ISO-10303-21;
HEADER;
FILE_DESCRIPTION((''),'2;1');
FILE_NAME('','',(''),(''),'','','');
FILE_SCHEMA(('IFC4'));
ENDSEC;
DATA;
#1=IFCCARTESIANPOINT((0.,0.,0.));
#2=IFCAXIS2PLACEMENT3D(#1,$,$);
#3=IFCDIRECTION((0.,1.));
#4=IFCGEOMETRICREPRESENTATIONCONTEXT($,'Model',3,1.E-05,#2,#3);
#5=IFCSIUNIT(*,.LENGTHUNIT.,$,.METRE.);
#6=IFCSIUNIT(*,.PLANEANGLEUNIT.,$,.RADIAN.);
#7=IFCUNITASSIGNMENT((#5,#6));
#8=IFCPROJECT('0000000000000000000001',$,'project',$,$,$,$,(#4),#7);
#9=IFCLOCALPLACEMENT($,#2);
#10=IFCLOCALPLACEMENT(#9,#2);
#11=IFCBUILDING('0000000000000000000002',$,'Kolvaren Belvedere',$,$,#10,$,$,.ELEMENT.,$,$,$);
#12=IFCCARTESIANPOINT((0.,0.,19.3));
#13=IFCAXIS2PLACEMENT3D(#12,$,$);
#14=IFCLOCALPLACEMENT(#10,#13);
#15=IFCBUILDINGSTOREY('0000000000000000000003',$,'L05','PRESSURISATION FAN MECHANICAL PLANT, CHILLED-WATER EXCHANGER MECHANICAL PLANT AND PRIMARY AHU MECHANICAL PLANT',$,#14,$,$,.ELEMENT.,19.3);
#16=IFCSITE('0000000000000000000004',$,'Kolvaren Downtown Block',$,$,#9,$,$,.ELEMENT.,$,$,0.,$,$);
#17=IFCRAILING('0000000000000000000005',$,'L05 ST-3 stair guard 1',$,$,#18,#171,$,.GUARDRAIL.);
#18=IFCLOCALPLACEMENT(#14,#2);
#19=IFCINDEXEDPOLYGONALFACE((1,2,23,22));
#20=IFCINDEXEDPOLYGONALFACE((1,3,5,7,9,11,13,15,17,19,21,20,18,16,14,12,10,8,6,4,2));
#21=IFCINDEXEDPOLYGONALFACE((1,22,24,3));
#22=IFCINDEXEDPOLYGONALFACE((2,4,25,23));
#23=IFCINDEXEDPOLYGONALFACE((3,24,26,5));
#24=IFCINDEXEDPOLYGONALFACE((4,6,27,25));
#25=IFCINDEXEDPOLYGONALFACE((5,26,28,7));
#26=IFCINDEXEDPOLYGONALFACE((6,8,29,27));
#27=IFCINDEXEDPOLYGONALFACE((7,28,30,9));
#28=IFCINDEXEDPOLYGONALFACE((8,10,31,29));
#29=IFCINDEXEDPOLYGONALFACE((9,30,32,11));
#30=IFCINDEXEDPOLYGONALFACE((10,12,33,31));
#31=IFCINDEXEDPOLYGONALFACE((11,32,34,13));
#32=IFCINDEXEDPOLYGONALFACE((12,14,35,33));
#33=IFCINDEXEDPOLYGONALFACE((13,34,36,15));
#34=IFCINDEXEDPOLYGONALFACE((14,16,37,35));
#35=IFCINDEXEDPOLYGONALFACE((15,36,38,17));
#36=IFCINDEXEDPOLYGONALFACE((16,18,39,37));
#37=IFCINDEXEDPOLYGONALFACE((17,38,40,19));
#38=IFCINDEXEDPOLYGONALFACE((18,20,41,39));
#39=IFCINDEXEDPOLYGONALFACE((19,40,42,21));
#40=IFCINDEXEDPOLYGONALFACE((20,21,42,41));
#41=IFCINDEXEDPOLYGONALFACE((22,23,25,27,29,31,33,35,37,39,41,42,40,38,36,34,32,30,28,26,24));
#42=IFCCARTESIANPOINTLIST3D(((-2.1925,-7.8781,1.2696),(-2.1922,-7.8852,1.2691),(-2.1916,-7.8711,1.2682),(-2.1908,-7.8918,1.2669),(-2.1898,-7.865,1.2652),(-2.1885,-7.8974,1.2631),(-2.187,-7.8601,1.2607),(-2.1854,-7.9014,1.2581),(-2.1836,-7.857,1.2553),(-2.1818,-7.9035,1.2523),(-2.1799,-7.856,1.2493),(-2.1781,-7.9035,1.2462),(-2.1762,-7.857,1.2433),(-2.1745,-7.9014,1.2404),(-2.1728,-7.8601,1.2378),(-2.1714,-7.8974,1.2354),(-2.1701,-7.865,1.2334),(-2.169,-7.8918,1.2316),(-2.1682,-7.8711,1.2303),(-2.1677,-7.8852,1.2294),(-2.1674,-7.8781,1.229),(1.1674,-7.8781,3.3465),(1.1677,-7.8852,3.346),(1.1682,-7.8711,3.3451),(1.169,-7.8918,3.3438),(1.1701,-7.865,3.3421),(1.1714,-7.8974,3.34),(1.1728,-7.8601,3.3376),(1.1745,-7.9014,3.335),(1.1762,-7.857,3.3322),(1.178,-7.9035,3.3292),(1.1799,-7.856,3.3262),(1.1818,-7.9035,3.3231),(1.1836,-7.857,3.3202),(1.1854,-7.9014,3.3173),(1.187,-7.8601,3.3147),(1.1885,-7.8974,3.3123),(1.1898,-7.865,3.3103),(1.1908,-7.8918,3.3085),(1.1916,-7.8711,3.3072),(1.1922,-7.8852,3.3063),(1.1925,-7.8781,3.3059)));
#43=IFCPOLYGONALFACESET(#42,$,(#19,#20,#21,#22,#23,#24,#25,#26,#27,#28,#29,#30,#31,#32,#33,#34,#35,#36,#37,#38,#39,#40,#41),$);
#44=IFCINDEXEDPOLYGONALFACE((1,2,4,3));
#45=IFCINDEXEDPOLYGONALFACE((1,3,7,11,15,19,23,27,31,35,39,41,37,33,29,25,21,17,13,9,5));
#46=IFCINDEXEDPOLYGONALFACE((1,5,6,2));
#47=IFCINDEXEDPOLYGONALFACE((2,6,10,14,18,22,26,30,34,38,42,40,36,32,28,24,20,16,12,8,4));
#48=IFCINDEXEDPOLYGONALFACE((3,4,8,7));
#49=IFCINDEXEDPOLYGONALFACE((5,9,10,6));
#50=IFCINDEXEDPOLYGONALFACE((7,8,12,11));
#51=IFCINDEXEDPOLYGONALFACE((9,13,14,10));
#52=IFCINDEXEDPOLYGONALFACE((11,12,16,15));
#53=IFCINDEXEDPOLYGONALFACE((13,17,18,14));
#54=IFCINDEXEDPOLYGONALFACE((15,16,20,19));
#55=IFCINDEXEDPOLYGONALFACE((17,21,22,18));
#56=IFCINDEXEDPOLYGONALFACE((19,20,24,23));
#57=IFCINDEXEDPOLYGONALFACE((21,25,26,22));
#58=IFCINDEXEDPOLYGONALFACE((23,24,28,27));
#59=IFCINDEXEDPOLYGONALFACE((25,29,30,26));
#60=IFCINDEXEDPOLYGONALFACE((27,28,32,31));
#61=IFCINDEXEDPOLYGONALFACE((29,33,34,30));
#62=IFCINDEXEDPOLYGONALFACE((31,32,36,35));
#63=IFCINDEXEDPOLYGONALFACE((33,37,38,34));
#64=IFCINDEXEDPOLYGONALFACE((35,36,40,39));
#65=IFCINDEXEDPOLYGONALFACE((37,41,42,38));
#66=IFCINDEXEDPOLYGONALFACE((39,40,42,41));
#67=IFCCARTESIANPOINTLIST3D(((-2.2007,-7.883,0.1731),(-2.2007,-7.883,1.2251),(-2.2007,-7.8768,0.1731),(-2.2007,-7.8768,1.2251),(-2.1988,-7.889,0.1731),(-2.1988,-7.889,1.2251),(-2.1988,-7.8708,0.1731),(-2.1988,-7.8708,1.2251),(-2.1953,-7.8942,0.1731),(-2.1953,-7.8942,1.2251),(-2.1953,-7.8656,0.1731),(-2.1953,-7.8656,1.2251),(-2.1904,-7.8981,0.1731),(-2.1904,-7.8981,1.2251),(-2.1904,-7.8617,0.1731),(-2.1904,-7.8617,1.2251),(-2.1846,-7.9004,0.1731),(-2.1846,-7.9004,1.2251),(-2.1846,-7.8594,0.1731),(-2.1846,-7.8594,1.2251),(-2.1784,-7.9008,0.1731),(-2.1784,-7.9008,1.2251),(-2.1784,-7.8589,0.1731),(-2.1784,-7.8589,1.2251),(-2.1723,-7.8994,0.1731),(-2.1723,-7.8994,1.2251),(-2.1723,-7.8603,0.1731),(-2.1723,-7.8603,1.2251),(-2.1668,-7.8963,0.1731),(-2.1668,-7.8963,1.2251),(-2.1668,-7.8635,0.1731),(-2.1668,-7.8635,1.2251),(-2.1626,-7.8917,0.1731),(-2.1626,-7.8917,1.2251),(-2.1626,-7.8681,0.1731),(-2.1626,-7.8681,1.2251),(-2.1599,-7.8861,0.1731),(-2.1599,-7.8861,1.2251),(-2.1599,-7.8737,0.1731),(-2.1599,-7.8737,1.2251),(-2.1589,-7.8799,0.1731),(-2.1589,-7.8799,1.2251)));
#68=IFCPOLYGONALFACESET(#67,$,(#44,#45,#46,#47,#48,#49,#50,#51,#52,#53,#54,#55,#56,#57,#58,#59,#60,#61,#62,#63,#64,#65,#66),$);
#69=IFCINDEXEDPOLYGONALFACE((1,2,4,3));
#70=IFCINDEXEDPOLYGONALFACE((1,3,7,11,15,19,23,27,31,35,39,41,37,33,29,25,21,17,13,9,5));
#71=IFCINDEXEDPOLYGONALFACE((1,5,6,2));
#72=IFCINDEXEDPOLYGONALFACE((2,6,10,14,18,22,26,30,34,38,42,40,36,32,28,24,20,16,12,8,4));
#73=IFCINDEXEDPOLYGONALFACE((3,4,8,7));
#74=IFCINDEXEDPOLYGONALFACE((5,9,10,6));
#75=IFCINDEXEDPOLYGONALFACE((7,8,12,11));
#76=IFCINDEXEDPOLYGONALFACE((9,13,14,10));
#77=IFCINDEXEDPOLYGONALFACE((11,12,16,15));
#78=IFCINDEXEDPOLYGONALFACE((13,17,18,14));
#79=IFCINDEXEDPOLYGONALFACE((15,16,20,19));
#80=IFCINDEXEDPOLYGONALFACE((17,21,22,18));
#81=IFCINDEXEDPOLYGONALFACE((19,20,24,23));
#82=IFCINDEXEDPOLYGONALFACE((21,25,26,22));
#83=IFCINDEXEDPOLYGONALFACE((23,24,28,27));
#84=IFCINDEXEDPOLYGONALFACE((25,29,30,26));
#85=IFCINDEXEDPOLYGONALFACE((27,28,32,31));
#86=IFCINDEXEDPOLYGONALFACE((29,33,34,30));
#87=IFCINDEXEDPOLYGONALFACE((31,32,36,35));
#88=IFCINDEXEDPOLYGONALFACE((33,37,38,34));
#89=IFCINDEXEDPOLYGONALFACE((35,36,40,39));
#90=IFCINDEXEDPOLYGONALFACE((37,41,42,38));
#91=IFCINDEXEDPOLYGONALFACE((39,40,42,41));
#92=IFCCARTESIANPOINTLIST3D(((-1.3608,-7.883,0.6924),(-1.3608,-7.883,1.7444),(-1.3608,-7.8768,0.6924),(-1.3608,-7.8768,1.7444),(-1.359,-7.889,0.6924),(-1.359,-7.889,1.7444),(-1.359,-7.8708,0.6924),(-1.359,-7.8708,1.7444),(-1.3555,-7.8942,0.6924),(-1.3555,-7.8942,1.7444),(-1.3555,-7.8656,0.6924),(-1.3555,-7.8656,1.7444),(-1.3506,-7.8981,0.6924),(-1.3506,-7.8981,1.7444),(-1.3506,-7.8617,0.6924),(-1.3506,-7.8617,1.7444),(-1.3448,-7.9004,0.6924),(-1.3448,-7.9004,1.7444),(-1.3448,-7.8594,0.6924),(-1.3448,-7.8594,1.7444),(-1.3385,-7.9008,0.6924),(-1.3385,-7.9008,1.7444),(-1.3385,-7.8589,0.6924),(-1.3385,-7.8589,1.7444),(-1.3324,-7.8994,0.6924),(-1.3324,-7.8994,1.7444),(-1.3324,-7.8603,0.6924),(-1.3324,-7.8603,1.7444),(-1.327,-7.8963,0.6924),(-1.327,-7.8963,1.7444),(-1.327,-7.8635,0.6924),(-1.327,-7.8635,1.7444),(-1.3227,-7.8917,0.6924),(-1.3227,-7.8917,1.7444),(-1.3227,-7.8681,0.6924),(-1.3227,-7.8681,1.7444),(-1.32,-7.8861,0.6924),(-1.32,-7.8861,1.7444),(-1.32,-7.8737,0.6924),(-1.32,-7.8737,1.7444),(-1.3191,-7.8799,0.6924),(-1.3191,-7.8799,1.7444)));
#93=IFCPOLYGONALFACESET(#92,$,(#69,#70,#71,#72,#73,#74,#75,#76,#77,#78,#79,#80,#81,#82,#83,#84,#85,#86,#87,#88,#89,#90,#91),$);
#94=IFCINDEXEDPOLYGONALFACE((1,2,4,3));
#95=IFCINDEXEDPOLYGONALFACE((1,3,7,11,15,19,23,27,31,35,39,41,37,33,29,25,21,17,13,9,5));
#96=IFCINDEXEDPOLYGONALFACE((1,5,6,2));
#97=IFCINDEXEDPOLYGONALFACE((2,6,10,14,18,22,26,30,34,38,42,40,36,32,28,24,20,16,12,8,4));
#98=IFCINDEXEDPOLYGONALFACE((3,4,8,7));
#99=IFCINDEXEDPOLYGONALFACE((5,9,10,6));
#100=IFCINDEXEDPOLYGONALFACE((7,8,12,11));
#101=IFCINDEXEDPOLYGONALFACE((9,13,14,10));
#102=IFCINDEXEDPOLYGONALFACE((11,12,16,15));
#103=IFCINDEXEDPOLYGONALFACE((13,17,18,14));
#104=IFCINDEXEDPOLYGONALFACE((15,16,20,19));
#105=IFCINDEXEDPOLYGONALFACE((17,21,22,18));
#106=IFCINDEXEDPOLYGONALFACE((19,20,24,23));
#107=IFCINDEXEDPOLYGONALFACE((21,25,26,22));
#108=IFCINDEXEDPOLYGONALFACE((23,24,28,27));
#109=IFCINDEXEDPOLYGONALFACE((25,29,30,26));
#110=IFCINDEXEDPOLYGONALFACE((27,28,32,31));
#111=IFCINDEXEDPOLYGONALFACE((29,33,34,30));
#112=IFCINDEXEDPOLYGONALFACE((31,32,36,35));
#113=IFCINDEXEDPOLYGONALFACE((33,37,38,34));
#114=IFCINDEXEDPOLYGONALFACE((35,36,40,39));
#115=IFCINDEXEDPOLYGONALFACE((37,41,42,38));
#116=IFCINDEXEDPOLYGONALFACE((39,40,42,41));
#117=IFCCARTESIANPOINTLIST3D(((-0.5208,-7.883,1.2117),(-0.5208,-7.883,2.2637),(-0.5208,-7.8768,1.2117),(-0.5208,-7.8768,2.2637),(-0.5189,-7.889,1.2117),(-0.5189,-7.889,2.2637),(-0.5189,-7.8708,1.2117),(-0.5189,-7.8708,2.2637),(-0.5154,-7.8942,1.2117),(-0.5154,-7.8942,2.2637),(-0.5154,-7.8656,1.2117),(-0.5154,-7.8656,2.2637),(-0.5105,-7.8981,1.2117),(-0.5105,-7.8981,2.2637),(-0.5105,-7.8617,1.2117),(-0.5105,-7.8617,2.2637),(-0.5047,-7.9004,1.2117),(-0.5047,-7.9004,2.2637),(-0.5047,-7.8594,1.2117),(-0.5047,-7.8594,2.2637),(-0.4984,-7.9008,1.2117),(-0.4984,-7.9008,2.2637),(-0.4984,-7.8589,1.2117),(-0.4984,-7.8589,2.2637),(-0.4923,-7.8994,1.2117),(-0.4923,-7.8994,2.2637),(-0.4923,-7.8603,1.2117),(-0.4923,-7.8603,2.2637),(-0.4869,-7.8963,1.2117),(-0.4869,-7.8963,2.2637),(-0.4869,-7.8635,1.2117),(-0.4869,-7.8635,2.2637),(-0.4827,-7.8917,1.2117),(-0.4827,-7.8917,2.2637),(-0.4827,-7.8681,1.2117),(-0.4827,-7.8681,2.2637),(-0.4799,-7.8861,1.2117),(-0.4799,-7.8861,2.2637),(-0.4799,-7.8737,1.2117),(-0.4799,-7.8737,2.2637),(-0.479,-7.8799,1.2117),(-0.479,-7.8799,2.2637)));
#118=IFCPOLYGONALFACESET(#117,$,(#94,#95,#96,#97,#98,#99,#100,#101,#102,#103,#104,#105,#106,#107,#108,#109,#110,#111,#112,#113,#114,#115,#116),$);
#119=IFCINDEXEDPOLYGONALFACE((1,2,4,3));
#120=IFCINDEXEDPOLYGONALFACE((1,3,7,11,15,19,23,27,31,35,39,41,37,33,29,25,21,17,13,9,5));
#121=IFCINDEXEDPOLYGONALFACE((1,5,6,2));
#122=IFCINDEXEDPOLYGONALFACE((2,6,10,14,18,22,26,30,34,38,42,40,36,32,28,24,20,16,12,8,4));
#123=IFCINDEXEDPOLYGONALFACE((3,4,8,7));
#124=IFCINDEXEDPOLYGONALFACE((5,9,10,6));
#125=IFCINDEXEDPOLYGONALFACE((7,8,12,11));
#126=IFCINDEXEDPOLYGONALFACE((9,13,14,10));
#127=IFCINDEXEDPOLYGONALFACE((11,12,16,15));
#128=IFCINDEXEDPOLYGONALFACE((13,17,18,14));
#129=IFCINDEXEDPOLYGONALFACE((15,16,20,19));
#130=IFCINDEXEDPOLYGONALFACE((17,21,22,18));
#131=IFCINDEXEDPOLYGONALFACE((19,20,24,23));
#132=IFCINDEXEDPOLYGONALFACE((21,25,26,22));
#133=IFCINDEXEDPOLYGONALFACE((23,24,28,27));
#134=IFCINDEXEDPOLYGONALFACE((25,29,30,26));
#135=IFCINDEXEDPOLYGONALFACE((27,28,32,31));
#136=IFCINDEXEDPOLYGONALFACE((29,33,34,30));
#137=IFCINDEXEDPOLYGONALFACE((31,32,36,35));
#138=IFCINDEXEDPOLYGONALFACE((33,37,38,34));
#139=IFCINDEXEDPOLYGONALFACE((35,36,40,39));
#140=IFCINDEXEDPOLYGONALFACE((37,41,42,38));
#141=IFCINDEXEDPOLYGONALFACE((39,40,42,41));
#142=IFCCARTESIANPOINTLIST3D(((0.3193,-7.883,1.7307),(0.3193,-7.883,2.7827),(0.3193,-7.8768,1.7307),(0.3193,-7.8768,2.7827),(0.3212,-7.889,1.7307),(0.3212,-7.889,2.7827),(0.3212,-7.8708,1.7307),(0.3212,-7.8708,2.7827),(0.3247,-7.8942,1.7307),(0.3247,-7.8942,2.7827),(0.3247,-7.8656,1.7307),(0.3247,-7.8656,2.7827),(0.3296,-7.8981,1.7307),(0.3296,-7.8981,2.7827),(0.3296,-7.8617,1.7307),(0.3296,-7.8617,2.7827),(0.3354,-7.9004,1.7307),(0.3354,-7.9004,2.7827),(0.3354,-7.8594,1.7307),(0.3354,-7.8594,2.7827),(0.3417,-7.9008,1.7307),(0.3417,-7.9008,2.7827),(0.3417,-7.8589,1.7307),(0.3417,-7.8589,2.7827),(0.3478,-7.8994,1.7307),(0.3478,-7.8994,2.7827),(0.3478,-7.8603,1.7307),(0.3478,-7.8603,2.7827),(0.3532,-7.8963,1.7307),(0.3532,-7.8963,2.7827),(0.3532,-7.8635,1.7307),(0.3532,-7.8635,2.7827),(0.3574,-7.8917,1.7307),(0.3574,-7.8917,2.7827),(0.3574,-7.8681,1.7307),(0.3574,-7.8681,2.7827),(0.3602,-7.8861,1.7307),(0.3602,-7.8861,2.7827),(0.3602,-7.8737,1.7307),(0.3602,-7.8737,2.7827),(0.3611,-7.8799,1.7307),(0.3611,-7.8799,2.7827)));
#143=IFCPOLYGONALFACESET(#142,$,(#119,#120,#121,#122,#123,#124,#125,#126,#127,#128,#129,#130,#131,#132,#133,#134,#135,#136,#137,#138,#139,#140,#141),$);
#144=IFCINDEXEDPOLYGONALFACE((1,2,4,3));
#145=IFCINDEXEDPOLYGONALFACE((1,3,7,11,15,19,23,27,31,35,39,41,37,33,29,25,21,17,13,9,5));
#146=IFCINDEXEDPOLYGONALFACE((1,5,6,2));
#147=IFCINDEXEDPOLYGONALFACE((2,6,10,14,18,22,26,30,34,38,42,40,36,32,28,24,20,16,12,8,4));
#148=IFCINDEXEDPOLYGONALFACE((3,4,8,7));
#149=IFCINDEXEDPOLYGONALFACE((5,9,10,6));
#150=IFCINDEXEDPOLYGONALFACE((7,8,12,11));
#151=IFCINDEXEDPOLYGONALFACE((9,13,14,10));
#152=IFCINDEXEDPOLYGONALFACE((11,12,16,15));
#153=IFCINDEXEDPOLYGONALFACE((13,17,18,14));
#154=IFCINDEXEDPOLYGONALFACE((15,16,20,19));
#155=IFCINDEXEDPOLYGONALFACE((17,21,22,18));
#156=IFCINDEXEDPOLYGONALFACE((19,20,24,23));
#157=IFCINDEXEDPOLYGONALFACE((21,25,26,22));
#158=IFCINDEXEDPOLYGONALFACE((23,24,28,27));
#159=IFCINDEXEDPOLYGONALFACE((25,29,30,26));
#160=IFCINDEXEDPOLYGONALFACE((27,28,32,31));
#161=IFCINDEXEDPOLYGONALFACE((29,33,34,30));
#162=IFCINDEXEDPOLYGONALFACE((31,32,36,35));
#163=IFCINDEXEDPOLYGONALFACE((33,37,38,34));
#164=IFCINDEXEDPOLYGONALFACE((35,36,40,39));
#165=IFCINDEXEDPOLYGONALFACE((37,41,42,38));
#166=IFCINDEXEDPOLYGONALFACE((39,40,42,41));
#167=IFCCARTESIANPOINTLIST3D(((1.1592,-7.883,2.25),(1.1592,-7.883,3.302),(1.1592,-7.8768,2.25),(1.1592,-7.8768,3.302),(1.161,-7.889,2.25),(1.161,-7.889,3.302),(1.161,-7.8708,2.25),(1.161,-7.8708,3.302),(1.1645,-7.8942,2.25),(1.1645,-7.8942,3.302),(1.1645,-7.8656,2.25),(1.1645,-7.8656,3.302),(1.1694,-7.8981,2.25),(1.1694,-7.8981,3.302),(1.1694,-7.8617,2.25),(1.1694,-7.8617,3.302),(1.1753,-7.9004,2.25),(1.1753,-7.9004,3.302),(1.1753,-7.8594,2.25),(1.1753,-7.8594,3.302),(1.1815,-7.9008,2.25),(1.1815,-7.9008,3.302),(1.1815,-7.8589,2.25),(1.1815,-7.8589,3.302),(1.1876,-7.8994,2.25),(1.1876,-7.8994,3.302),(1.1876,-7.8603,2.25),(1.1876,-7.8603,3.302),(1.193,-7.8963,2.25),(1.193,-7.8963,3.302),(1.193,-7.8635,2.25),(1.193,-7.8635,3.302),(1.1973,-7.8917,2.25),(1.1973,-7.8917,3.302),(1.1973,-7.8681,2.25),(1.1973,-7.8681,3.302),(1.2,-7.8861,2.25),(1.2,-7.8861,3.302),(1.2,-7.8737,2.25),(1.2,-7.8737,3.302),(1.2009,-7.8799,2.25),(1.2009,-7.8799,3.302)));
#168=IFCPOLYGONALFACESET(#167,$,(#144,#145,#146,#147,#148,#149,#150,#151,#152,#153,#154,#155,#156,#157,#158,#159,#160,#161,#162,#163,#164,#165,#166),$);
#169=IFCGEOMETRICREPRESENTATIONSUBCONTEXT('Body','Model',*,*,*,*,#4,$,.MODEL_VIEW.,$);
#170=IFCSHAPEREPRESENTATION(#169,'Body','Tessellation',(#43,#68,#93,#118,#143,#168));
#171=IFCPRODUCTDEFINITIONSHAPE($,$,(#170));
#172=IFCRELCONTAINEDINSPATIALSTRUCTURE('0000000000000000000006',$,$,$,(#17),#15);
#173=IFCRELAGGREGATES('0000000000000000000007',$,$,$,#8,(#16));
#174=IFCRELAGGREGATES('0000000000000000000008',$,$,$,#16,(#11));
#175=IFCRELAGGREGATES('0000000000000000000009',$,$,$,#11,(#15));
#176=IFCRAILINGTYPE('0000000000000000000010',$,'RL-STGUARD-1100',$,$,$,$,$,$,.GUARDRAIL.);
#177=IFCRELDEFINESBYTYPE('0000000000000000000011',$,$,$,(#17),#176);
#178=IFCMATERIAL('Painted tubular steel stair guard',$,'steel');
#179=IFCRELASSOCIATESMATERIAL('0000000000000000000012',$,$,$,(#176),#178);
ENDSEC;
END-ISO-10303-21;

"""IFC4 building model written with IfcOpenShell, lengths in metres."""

from ifc_helpers import new_model, si_unit, direction, frame, origin, origin_2d, place, context, subcontext, project, spatial, circle, extrude, material, type_object, element, save


model = new_model("IFC4")

# Units and contexts
model_context = context("Model", 3, precision=1e-05, world=origin(), true_north=direction((0.0, 1.0)))
body_context = subcontext(model_context, "Body", "Model", "MODEL_VIEW")
ifc_project = project(units=[si_unit("LENGTHUNIT", "METRE"), si_unit("PLANEANGLEUNIT", "RADIAN")], contexts=[model_context])

# Site, building, storey
site_placement = place(None, origin())
site = spatial("IfcSite", under=ifc_project, at=site_placement, Name="Kolvaren Downtown Block", CompositionType="ELEMENT", RefElevation=0.0)
building_placement = place(site_placement, origin())
building = spatial("IfcBuilding", under=site, at=building_placement, Name="Kolvaren Belvedere", CompositionType="ELEMENT")
storey_placement = place(building_placement, frame((0.0, 0.0, 19.3)))
storey = spatial("IfcBuildingStorey", under=building, at=storey_placement, Name="L05", Description="PRESSURISATION FAN MECHANICAL PLANT, CHILLED-WATER EXCHANGER MECHANICAL PLANT AND PRIMARY AHU MECHANICAL PLANT", CompositionType="ELEMENT", Elevation=19.3)

# Railing
ifc_material_1 = material(Name="Painted tubular steel stair guard", Category="steel")
railing_type_1 = type_object("IfcRailingType", Name="RL-STGUARD-1100", PredefinedType="GUARDRAIL", material=ifc_material_1)
railing_1_placement = place(storey_placement, frame((-2.1799, -7.8799, 0.1731)))
element("IfcRailing", 1, at=railing_1_placement, inside=storey, type_object=railing_type_1, Name="L05 ST-3 stair guard 1", PredefinedType="GUARDRAIL", context=body_context, shape_type="SweptSolid", body=[
    extrude(circle(Radius=0.0239, at=origin_2d()), frame((0.0, 0.0, 1.0762), z_axis=(0.850606, 0.0, 0.525803), x_axis=(0.0, 1.0, 0.0)), (0.0, 0.0, 1.0), 3.95),
    extrude(circle(Radius=0.021, at=origin_2d()), origin(), (0.0, 0.0, 1.0), 1.052),
    extrude(circle(Radius=0.021, at=origin_2d()), frame((0.8398, 0.0, 0.5193)), (0.0, 0.0, 1.0), 1.052),
    extrude(circle(Radius=0.021, at=origin_2d()), frame((1.6799, 0.0, 1.0386)), (0.0, 0.0, 1.0), 1.052),
    extrude(circle(Radius=0.021, at=origin_2d()), frame((2.52, 0.0, 1.5576)), (0.0, 0.0, 1.0), 1.052),
    extrude(circle(Radius=0.021, at=origin_2d()), frame((3.3599, 0.0, 2.0769)), (0.0, 0.0, 1.0), 1.052),
])

save(model, "model.ifc")
